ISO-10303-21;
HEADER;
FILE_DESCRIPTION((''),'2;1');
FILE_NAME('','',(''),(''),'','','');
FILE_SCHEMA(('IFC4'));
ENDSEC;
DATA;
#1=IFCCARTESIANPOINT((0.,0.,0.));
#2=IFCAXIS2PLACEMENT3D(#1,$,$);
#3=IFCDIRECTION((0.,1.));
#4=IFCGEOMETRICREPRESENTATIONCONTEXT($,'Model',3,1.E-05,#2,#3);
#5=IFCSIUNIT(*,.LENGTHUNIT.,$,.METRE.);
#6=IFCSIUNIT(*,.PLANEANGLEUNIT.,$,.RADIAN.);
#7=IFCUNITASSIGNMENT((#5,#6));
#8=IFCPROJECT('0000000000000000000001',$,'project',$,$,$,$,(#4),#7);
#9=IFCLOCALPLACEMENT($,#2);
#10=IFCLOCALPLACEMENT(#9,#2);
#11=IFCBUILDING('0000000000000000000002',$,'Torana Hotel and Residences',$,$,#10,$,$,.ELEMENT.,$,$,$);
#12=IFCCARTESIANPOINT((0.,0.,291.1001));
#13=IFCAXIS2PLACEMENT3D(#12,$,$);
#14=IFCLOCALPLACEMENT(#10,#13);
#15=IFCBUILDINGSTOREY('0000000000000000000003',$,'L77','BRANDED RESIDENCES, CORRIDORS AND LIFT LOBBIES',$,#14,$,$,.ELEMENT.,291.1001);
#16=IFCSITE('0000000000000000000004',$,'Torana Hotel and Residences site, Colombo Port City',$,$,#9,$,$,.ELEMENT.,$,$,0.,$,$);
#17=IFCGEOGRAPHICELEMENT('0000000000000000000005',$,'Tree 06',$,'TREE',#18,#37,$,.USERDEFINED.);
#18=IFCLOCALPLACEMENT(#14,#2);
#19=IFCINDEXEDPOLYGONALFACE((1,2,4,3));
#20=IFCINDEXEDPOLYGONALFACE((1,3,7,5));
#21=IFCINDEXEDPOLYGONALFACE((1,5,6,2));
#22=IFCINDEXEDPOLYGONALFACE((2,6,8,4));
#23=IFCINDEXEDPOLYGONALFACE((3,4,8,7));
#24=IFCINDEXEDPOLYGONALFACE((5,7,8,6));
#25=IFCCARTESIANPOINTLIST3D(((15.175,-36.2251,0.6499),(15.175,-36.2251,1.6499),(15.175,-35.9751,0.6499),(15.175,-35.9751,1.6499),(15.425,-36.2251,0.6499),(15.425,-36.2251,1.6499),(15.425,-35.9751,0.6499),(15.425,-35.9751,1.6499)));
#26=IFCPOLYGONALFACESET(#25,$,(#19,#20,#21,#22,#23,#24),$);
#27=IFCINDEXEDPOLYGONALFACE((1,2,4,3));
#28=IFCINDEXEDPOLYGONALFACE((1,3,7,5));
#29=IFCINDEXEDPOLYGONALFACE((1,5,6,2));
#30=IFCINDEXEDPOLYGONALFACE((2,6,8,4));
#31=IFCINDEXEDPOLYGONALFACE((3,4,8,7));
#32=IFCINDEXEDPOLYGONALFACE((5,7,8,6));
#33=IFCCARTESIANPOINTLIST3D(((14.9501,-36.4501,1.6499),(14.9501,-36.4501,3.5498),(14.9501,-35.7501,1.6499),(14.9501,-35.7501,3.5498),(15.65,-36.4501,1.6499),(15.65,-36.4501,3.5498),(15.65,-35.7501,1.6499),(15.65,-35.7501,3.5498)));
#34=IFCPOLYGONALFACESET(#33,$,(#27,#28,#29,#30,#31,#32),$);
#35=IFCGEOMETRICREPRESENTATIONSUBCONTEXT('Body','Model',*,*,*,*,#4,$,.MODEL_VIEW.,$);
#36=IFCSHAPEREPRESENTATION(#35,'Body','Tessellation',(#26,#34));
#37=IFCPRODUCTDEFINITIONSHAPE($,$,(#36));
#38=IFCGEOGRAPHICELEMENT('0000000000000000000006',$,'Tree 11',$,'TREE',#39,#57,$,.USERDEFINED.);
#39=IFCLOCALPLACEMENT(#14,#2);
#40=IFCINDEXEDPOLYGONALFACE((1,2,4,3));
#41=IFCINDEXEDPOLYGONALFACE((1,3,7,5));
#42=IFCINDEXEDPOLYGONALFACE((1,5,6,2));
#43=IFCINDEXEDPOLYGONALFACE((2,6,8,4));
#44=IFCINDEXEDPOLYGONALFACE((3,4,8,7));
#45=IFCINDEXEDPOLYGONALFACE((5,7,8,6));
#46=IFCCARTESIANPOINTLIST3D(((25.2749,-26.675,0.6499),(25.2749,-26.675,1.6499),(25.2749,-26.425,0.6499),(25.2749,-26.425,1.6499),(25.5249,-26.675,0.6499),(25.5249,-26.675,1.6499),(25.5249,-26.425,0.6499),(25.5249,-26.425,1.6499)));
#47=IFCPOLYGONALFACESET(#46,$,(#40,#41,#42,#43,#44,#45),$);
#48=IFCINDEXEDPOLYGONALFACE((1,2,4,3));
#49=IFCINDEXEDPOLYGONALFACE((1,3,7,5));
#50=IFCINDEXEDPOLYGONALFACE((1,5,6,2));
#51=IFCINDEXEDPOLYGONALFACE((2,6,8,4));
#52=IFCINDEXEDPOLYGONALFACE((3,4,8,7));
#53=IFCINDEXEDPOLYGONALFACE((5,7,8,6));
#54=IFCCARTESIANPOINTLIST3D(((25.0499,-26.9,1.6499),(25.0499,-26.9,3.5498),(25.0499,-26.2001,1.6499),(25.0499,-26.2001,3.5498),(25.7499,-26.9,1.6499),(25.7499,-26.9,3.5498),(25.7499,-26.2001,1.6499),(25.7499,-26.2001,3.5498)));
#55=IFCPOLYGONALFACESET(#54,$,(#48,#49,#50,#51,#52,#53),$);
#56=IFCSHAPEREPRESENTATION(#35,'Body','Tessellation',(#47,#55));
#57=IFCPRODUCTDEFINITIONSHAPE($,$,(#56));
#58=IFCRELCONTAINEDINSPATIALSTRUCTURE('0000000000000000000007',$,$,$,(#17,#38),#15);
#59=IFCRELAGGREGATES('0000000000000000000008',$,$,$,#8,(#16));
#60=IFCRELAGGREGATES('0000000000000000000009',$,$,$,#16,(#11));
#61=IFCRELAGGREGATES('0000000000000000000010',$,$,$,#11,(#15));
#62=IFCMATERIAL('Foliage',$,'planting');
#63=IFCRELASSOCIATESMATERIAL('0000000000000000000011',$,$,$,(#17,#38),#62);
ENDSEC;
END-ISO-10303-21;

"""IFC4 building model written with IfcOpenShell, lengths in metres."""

from ifc_helpers import new_model, si_unit, direction, frame, origin, origin_2d, place, context, subcontext, project, spatial, rectangle, extrude, material, element, save


model = new_model("IFC4")

# Units and contexts
model_context = context("Model", 3, precision=1e-05, world=origin(), true_north=direction((0.0, 1.0)))
body_context = subcontext(model_context, "Body", "Model", "MODEL_VIEW")
ifc_project = project(units=[si_unit("LENGTHUNIT", "METRE"), si_unit("PLANEANGLEUNIT", "RADIAN")], contexts=[model_context])

# Site, building, storey
site_placement = place(None, origin())
site = spatial("IfcSite", under=ifc_project, at=site_placement, Name="Torana Hotel and Residences site, Colombo Port City", CompositionType="ELEMENT", RefElevation=0.0)
building_placement = place(site_placement, origin())
building = spatial("IfcBuilding", under=site, at=building_placement, Name="Torana Hotel and Residences", CompositionType="ELEMENT")
storey_placement = place(building_placement, frame((0.0, 0.0, 291.1001)))
storey = spatial("IfcBuildingStorey", under=building, at=storey_placement, Name="L77", Description="BRANDED RESIDENCES, CORRIDORS AND LIFT LOBBIES", CompositionType="ELEMENT", Elevation=291.1001)

# Geographic elements
ifc_material_1 = material(Name="Foliage", Category="planting")
for number, where, z_axis, x_axis, name in (
    (1, (15.3, -36.1001, 0.6499), (0.0, 0.0, 1.0), (1.0, 0.0, 0.0), "Tree 06"),
    (2, (25.3999, -26.55, 0.6499), (0.0, 0.0, 1.0), (1.0, 0.0, 0.0), "Tree 11"),
):
    element("IfcGeographicElement", number, at=place(storey_placement, frame(where, z_axis=z_axis, x_axis=x_axis)), inside=storey, material=ifc_material_1, Name=name, ObjectType="TREE", PredefinedType="USERDEFINED", context=body_context, shape_type="SweptSolid", body=[
        extrude(rectangle(XDim=0.25, YDim=0.25, at=origin_2d()), origin(), (0.0, 0.0, 1.0), 1.0),
        extrude(rectangle(XDim=0.7, YDim=0.7, at=origin_2d()), frame((0.0, 0.0, 1.0)), (0.0, 0.0, 1.0), 1.8999),
    ])

save(model, "model.ifc")
